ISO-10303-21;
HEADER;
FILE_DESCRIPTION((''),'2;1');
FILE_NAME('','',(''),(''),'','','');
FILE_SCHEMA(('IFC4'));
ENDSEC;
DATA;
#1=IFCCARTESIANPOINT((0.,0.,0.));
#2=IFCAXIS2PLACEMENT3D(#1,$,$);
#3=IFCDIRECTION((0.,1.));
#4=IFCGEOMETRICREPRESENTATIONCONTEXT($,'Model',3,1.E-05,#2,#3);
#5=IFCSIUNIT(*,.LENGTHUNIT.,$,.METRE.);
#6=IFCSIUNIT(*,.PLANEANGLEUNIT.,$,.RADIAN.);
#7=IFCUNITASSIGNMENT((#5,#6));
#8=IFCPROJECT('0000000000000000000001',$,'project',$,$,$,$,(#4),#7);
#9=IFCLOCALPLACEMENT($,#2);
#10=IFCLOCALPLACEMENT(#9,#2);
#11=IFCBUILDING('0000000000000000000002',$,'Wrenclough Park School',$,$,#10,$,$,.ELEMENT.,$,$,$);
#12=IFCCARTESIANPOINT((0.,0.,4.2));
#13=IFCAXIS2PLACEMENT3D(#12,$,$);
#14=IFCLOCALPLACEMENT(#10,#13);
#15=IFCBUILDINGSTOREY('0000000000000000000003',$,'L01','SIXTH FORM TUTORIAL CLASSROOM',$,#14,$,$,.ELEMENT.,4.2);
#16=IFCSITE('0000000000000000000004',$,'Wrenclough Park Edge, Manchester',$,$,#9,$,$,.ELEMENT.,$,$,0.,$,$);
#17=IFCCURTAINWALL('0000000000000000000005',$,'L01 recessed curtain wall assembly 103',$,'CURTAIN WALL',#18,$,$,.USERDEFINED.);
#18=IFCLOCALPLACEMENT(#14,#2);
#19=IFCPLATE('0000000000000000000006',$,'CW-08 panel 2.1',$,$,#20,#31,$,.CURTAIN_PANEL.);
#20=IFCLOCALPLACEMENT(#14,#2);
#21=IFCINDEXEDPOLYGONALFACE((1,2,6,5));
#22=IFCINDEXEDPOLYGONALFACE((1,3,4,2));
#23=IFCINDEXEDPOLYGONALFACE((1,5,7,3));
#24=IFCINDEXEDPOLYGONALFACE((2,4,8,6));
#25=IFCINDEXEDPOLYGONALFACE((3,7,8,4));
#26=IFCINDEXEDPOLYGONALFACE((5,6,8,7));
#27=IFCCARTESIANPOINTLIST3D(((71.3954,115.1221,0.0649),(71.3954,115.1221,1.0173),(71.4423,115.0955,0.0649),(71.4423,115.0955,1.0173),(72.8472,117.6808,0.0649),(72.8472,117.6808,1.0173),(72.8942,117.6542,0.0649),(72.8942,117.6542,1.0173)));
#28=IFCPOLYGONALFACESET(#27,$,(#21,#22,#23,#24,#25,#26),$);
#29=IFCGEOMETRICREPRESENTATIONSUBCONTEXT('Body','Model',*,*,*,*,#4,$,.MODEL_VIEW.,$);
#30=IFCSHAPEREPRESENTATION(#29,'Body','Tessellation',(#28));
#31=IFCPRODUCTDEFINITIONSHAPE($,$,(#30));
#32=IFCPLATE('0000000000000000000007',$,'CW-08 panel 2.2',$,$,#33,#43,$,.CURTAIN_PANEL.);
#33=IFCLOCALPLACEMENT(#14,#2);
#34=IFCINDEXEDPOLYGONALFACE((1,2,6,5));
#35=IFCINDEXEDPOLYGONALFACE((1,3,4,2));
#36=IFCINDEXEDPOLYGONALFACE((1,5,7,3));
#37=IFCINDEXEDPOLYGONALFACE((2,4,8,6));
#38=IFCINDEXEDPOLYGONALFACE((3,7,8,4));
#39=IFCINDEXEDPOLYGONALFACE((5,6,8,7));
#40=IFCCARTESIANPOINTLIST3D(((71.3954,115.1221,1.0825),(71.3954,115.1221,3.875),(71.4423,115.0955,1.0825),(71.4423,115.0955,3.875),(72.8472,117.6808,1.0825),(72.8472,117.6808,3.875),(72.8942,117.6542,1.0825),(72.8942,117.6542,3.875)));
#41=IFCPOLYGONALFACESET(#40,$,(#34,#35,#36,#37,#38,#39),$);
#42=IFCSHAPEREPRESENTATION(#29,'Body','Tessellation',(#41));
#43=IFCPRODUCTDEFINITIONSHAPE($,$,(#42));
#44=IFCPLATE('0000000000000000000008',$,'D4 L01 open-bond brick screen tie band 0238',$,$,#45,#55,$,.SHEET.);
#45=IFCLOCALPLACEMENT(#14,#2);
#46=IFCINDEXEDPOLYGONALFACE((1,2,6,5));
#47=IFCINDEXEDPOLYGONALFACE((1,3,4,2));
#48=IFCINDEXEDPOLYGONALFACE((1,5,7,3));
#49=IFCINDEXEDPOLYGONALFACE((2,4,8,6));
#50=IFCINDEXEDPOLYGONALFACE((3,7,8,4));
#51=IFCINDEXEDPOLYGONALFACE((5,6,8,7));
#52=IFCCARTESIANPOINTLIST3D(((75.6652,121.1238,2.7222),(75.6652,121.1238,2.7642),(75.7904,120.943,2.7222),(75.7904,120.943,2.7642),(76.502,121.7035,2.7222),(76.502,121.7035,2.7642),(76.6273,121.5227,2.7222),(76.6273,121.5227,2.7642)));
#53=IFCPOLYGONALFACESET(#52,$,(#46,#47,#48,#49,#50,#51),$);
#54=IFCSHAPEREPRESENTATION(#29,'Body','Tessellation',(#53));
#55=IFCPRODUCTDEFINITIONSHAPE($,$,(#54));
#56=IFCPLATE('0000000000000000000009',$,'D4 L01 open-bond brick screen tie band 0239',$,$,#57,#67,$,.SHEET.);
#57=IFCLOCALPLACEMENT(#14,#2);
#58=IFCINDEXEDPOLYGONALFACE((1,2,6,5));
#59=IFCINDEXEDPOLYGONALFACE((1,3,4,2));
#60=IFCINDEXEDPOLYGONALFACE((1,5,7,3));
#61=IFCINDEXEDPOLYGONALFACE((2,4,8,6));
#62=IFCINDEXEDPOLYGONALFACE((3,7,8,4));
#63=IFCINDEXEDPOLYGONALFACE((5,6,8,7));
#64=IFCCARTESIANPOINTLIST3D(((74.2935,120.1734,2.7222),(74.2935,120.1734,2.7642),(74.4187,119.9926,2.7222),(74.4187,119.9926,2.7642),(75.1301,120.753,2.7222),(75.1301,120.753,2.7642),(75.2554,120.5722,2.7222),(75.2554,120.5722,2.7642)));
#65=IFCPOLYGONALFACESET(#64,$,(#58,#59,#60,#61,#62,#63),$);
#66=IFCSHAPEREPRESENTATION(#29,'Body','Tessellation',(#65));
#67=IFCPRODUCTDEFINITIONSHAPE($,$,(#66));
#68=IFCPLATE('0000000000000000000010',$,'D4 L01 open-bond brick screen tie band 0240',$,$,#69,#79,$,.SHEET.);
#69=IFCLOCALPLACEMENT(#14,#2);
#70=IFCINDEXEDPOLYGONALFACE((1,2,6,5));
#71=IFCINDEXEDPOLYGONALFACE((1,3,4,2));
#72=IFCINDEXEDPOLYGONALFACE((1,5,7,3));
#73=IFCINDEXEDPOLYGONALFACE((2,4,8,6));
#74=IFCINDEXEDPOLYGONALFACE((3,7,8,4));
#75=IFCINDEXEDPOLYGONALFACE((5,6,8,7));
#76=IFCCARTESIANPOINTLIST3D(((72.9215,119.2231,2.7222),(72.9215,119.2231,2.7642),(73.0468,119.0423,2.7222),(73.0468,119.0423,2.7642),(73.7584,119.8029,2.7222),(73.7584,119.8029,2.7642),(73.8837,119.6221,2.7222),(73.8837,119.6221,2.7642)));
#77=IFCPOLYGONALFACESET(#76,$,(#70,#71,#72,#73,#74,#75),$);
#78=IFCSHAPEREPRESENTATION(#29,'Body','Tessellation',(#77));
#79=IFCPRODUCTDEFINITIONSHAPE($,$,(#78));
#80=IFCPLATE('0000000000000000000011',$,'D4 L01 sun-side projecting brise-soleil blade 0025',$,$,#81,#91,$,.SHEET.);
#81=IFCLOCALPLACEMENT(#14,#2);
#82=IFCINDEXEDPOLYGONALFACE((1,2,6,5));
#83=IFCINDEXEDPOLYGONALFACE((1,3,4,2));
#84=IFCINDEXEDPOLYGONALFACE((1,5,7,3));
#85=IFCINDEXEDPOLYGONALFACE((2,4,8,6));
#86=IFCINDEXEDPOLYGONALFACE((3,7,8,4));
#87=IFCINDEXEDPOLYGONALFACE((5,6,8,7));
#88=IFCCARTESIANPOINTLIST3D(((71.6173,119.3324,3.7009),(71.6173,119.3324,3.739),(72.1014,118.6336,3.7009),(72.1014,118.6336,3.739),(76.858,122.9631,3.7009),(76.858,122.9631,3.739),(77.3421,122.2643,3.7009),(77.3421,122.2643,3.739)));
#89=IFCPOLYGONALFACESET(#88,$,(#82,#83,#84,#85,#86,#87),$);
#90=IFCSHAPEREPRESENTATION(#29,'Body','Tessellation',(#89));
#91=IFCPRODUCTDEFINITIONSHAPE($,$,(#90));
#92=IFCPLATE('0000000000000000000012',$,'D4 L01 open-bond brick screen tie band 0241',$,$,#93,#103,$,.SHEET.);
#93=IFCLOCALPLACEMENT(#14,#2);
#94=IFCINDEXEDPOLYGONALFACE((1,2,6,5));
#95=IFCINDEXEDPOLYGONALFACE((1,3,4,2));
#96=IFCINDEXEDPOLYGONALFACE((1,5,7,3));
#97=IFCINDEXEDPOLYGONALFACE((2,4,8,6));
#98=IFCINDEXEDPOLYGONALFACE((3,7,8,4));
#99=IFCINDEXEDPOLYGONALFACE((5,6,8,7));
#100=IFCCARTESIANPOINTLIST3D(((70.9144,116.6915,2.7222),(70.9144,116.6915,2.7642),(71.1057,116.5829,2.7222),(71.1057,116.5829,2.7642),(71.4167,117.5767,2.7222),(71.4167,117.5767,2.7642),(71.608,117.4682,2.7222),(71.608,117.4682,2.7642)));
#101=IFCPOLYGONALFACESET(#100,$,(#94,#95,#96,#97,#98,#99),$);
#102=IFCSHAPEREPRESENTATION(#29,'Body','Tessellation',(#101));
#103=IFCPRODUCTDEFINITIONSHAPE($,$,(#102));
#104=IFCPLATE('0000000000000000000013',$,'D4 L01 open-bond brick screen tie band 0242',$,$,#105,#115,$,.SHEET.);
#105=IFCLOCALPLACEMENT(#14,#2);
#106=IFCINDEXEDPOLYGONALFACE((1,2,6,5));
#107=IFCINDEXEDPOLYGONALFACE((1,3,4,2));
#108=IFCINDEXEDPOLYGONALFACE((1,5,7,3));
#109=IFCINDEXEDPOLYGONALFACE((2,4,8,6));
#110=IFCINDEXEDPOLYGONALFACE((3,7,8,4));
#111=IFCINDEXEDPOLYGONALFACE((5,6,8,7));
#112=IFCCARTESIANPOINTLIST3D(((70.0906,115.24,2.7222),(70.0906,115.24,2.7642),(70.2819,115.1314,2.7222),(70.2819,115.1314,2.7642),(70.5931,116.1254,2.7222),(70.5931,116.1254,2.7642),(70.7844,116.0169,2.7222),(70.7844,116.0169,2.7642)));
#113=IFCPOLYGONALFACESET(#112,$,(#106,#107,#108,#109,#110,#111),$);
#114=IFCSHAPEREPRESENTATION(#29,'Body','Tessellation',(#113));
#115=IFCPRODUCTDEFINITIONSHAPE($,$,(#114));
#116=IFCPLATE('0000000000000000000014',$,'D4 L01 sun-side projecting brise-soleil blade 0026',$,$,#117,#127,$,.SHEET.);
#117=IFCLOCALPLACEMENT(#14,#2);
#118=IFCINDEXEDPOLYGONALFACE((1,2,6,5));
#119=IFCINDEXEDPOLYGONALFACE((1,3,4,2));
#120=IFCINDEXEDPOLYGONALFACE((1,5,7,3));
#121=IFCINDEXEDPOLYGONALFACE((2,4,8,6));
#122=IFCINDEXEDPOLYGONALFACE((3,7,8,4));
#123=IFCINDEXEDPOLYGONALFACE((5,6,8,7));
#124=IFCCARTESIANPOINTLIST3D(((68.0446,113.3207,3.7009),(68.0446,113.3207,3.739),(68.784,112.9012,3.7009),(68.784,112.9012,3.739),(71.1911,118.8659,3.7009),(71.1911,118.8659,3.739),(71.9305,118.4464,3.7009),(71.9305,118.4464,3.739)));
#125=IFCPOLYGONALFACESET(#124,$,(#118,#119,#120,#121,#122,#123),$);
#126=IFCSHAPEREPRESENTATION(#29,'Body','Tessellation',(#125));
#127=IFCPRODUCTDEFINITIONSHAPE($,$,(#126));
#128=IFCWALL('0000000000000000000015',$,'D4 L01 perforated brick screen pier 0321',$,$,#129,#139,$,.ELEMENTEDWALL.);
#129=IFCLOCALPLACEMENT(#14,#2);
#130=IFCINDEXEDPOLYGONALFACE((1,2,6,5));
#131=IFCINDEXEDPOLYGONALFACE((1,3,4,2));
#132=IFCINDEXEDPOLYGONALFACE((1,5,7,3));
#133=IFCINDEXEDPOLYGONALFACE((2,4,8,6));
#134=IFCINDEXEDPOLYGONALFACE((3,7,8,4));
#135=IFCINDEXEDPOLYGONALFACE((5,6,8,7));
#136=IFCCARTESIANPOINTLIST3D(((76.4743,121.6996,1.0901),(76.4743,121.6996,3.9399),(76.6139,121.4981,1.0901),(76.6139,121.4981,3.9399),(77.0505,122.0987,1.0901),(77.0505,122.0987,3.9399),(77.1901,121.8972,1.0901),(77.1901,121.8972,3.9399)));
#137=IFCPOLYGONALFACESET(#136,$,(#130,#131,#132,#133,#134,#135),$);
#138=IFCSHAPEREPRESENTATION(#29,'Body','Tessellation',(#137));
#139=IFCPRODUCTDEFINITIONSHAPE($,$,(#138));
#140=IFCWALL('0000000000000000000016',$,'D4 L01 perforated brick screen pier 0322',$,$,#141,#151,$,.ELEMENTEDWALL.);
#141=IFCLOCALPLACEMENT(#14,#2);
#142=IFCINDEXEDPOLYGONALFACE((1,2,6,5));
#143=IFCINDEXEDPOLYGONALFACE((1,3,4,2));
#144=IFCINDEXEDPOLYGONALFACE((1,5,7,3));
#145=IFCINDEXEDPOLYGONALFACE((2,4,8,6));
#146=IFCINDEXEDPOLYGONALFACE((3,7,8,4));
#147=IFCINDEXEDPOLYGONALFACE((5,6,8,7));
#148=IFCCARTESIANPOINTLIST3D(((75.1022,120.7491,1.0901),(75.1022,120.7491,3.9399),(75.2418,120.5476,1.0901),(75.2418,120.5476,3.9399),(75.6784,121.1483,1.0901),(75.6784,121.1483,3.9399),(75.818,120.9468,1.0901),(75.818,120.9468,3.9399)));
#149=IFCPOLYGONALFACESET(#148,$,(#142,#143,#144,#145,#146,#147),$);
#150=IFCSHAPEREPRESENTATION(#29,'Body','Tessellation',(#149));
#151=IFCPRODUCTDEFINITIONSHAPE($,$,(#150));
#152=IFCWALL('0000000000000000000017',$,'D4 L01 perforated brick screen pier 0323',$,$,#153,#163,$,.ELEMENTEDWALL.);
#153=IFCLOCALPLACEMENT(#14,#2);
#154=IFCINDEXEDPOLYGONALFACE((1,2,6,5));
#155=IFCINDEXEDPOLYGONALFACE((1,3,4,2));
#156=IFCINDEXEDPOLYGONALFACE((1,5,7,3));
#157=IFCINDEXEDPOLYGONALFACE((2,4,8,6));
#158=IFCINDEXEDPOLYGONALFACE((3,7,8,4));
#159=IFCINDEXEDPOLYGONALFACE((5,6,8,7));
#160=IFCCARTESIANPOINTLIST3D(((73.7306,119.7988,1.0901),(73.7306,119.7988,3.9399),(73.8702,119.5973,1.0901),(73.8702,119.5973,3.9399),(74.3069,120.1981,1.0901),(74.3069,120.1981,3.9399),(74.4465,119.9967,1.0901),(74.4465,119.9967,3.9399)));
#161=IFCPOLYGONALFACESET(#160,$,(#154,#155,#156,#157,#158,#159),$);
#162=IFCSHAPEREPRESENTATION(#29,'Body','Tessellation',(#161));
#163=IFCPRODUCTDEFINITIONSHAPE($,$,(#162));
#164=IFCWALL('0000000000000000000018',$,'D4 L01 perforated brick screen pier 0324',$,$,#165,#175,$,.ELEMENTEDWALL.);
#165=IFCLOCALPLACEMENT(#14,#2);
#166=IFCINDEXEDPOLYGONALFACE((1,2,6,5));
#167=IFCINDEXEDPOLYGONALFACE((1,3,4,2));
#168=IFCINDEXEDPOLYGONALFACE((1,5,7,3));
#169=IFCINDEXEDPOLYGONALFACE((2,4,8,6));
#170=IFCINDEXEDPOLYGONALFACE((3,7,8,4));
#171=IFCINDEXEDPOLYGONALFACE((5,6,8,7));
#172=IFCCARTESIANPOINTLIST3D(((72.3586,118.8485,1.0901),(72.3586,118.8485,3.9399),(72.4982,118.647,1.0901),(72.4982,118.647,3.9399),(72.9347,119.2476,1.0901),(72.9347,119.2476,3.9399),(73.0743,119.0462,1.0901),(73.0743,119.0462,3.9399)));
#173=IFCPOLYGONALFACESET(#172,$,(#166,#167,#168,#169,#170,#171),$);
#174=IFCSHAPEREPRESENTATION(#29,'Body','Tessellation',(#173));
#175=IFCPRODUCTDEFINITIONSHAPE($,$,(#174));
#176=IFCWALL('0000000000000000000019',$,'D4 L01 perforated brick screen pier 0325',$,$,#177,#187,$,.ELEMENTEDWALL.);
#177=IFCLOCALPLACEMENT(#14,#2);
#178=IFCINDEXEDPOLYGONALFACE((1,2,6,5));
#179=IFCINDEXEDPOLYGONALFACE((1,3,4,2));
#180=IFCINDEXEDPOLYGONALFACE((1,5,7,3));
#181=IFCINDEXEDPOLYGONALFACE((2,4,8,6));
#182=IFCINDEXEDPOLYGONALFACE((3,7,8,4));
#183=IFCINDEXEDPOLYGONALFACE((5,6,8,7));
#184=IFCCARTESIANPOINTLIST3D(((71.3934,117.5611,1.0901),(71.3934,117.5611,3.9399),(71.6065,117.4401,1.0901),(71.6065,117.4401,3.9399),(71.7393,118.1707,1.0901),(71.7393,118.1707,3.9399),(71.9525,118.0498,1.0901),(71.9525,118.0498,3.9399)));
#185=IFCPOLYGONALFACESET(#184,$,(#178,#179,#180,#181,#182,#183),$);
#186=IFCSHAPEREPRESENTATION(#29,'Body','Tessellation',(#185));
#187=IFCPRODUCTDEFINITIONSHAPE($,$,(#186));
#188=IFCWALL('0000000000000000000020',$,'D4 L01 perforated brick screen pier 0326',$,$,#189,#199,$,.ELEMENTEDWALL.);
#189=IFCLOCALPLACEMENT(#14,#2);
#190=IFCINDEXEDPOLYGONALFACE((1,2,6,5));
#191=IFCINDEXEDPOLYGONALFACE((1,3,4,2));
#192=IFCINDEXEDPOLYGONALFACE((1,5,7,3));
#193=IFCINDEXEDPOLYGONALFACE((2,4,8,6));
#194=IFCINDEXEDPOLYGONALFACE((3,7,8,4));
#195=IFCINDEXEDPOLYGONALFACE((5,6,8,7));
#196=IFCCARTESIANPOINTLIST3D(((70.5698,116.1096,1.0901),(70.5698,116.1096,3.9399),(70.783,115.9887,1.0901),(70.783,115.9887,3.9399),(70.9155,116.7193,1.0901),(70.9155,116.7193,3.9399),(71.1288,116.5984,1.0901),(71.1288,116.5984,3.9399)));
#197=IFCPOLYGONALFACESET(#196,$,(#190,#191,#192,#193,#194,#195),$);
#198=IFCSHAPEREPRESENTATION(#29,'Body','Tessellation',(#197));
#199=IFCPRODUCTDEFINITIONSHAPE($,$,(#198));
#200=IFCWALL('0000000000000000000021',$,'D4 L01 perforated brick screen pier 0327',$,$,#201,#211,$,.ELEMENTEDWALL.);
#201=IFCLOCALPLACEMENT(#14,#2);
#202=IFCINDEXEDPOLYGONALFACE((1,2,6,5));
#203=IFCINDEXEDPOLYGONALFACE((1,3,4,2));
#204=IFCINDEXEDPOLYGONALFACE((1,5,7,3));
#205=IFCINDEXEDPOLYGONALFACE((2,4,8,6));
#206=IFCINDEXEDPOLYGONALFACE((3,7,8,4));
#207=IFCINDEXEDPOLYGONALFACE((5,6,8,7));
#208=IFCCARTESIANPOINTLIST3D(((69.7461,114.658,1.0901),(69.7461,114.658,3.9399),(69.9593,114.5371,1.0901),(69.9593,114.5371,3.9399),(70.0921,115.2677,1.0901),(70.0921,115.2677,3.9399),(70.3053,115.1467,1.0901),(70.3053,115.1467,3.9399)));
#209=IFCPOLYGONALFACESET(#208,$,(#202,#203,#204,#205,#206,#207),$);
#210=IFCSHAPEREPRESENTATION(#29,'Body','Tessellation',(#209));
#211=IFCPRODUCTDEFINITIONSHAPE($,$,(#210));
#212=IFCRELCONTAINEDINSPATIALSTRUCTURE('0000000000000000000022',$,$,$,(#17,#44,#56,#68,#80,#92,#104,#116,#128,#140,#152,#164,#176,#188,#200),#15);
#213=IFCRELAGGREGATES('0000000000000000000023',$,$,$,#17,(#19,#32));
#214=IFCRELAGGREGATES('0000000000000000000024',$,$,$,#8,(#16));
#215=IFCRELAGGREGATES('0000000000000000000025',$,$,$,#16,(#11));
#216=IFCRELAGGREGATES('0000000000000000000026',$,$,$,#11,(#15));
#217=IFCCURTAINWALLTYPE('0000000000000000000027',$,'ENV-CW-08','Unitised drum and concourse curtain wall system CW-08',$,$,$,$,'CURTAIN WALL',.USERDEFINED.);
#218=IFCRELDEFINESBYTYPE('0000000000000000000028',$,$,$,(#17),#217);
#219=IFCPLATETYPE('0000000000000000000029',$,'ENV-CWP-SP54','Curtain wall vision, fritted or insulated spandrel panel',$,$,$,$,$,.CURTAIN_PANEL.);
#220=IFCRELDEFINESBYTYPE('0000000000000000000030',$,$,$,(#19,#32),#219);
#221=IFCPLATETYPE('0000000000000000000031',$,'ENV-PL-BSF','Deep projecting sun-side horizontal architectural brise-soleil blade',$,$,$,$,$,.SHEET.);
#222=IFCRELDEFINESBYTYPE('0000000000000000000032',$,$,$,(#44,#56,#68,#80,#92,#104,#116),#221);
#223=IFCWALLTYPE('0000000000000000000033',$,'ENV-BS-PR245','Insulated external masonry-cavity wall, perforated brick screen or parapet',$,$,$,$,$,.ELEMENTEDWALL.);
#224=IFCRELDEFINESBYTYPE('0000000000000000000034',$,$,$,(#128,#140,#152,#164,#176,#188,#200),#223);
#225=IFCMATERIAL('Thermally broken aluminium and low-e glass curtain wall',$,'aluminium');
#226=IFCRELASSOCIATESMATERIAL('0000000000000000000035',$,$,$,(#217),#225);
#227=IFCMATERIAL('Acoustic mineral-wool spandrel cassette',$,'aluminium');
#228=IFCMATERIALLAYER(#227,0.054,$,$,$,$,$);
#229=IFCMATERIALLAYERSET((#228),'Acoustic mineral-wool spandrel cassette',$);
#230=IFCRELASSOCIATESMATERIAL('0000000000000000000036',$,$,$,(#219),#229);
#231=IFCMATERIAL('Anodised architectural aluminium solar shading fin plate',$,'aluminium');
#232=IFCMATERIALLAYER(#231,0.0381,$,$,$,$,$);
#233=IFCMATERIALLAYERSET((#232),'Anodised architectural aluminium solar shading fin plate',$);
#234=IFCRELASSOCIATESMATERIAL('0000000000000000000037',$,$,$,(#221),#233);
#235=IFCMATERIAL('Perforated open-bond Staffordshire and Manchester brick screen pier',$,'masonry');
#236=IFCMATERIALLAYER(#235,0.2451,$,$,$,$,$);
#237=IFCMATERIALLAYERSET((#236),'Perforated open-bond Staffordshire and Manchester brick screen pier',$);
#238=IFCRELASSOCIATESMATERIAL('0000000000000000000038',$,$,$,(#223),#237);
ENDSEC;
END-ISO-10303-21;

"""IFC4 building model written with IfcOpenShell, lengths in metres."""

from ifc_helpers import new_model, si_unit, direction, frame, frame_2d, origin, origin_2d, place, context, subcontext, project, spatial, rectangle, extrude, material, layer, layer_set, type_object, element, aggregate, save


model = new_model("IFC4")

# Units and contexts
model_context = context("Model", 3, precision=1e-05, world=origin(), true_north=direction((0.0, 1.0)))
body_context = subcontext(model_context, "Body", "Model", "MODEL_VIEW")
ifc_project = project(units=[si_unit("LENGTHUNIT", "METRE"), si_unit("PLANEANGLEUNIT", "RADIAN")], contexts=[model_context])

# Site, building, storey
site_placement = place(None, origin())
site = spatial("IfcSite", under=ifc_project, at=site_placement, Name="Wrenclough Park Edge, Manchester", CompositionType="ELEMENT", RefElevation=0.0)
building_placement = place(site_placement, origin())
building = spatial("IfcBuilding", under=site, at=building_placement, Name="Wrenclough Park School", CompositionType="ELEMENT")
storey_placement = place(building_placement, frame((0.0, 0.0, 4.2)))
storey = spatial("IfcBuildingStorey", under=building, at=storey_placement, Name="L01", Description="SIXTH FORM TUTORIAL CLASSROOM", CompositionType="ELEMENT", Elevation=4.2)

# Curtain wall
ifc_material_1 = material(Name="Thermally broken aluminium and low-e glass curtain wall", Category="aluminium")
curtain_wall_type = type_object("IfcCurtainWallType", Name="ENV-CW-08", Description="Unitised drum and concourse curtain wall system CW-08", ElementType="CURTAIN WALL", PredefinedType="USERDEFINED", material=ifc_material_1)
curtain_wall_placement = place(storey_placement, origin())
curtain_wall = element("IfcCurtainWall", 1, at=curtain_wall_placement, inside=storey, type_object=curtain_wall_type, Name="L01 recessed curtain wall assembly 103", ObjectType="CURTAIN WALL", PredefinedType="USERDEFINED")

# Plates
ifc_material_2 = material(Name="Acoustic mineral-wool spandrel cassette", Category="aluminium")
ifc_layer_1 = layer(ifc_material_2, 0.054)
ifc_layer_set_1 = layer_set([ifc_layer_1], Name="Acoustic mineral-wool spandrel cassette")
plate_type_1 = type_object("IfcPlateType", Name="ENV-CWP-SP54", Description="Curtain wall vision, fritted or insulated spandrel panel", PredefinedType="CURTAIN_PANEL", material=ifc_layer_set_1)
plate_1_placement = place(storey_placement, frame((72.1448, 116.3882, 0.0649), z_axis=(0.0, 0.0, 1.0), x_axis=(0.493501, 0.869745, 0.0)))
plate_1 = element("IfcPlate", 2, at=plate_1_placement, type_object=plate_type_1, Name="CW-08 panel 2.1", PredefinedType="CURTAIN_PANEL", context=body_context, shape_type="SweptSolid", body=[
    extrude(rectangle(XDim=2.9419, YDim=0.054, at=origin_2d()), origin(), (0.0, 0.0, 1.0), 0.9524),
])
plate_2_placement = place(storey_placement, frame((72.1448, 116.3882, 1.0825), z_axis=(0.0, 0.0, 1.0), x_axis=(0.493501, 0.869745, 0.0)))
plate_2 = element("IfcPlate", 3, at=plate_2_placement, type_object=plate_type_1, Name="CW-08 panel 2.2", PredefinedType="CURTAIN_PANEL", context=body_context, shape_type="SweptSolid", body=[
    extrude(rectangle(XDim=2.9419, YDim=0.054, at=origin_2d()), origin(), (0.0, 0.0, 1.0), 2.7925),
])
aggregate(curtain_wall, [plate_1, plate_2])

# Plates
ifc_material_3 = material(Name="Anodised architectural aluminium solar shading fin plate", Category="aluminium")
ifc_layer_2 = layer(ifc_material_3, 0.0381)
ifc_layer_set_2 = layer_set([ifc_layer_2], Name="Anodised architectural aluminium solar shading fin plate")
plate_type_2 = type_object("IfcPlateType", Name="ENV-PL-BSF", Description="Deep projecting sun-side horizontal architectural brise-soleil blade", PredefinedType="SHEET", material=ifc_layer_set_2)
plate_3_placement = place(storey_placement, frame((76.1462, 121.3232, 2.7222), z_axis=(0.0, 0.0, 1.0), x_axis=(-0.822008, -0.569476, 0.0)))
element("IfcPlate", 4, at=plate_3_placement, inside=storey, type_object=plate_type_2, Name="D4 L01 open-bond brick screen tie band 0238", PredefinedType="SHEET", context=body_context, shape_type="SweptSolid", body=[
    extrude(rectangle(XDim=1.0181, YDim=0.22, at=origin_2d()), origin(), (0.0, 0.0, 1.0), 0.042),
])
plate_4_placement = place(storey_placement, frame((74.7744, 120.3728, 2.7222), z_axis=(0.0, 0.0, 1.0), x_axis=(-0.822008, -0.569476, 0.0)))
element("IfcPlate", 5, at=plate_4_placement, inside=storey, type_object=plate_type_2, Name="D4 L01 open-bond brick screen tie band 0239", PredefinedType="SHEET", context=body_context, shape_type="SweptSolid", body=[
    extrude(rectangle(XDim=1.0178, YDim=0.22, at=origin_2d()), origin(), (0.0, 0.0, 1.0), 0.042),
])
plate_5_placement = place(storey_placement, frame((73.4026, 119.4226, 2.7222), z_axis=(0.0, 0.0, 1.0), x_axis=(-0.822008, -0.569476, 0.0)))
element("IfcPlate", 6, at=plate_5_placement, inside=storey, type_object=plate_type_2, Name="D4 L01 open-bond brick screen tie band 0240", PredefinedType="SHEET", context=body_context, shape_type="SweptSolid", body=[
    extrude(rectangle(XDim=1.0181, YDim=0.22, at=origin_2d()), origin(), (0.0, 0.0, 1.0), 0.042),
])
plate_6_placement = place(storey_placement, frame((74.4797, 120.7983, 3.7009), z_axis=(0.0, 0.0, 1.0), x_axis=(-0.822008, -0.569476, 0.0)))
element("IfcPlate", 7, at=plate_6_placement, inside=storey, type_object=plate_type_2, Name="D4 L01 sun-side projecting brise-soleil blade 0025", PredefinedType="SHEET", context=body_context, shape_type="SweptSolid", body=[
    extrude(rectangle(XDim=6.3755, YDim=0.8501, at=origin_2d()), origin(), (0.0, 0.0, 1.0), 0.0381),
])
plate_7_placement = place(storey_placement, frame((71.2612, 117.0798, 2.7222), z_axis=(0.0, 0.0, 1.0), x_axis=(-0.493509, -0.869741, 0.0)))
element("IfcPlate", 8, at=plate_7_placement, inside=storey, type_object=plate_type_2, Name="D4 L01 open-bond brick screen tie band 0241", PredefinedType="SHEET", context=body_context, shape_type="SweptSolid", body=[
    extrude(rectangle(XDim=1.0178, YDim=0.22, at=origin_2d()), origin(), (0.0, 0.0, 1.0), 0.042),
])
plate_8_placement = place(storey_placement, frame((70.4375, 115.6284, 2.7222), z_axis=(0.0, 0.0, 1.0), x_axis=(-0.493509, -0.869741, 0.0)))
element("IfcPlate", 9, at=plate_8_placement, inside=storey, type_object=plate_type_2, Name="D4 L01 open-bond brick screen tie band 0242", PredefinedType="SHEET", context=body_context, shape_type="SweptSolid", body=[
    extrude(rectangle(XDim=1.0181, YDim=0.22, at=origin_2d()), origin(), (0.0, 0.0, 1.0), 0.042),
])
plate_9_placement = place(storey_placement, frame((69.9875, 115.8835, 3.7009), z_axis=(0.0, 0.0, 1.0), x_axis=(-0.493509, -0.869741, 0.0)))
element("IfcPlate", 10, at=plate_9_placement, inside=storey, type_object=plate_type_2, Name="D4 L01 sun-side projecting brise-soleil blade 0026", PredefinedType="SHEET", context=body_context, shape_type="SweptSolid", body=[
    extrude(rectangle(XDim=6.3757, YDim=0.8501, at=origin_2d()), origin(), (0.0, 0.0, 1.0), 0.0381),
])

# Walls
ifc_material_4 = material(Name="Perforated open-bond Staffordshire and Manchester brick screen pier", Category="masonry")
ifc_layer_3 = layer(ifc_material_4, 0.2451)
ifc_layer_set_3 = layer_set([ifc_layer_3], Name="Perforated open-bond Staffordshire and Manchester brick screen pier")
wall_type_1 = type_object("IfcWallType", Name="ENV-BS-PR245", Description="Insulated external masonry-cavity wall, perforated brick screen or parapet", PredefinedType="ELEMENTEDWALL", material=ifc_layer_set_3)
for number, where, z_axis, x_axis, name in (
    (11, (77.1204, 121.998, 1.0901), (0.0, 0.0, 1.0), (-0.822004, -0.569482, 0.0), "D4 L01 perforated brick screen pier 0321"),
    (12, (75.7483, 121.0476, 1.0901), (0.0, 0.0, 1.0), (-0.822004, -0.569482, 0.0), "D4 L01 perforated brick screen pier 0322"),
):
    element("IfcWall", number, at=place(storey_placement, frame(where, z_axis=z_axis, x_axis=x_axis)), inside=storey, type_object=wall_type_1, Name=name, PredefinedType="ELEMENTEDWALL", context=body_context, shape_type="SweptSolid", body=[
        extrude(rectangle(XDim=0.7009, YDim=0.2451, at=frame_2d((0.3506, 0.0))), origin(), (0.0, 0.0, 1.0), 2.8499),
    ])
wall_1_placement = place(storey_placement, frame((74.3767, 120.0974, 1.0901), z_axis=(0.0, 0.0, 1.0), x_axis=(-0.821954, -0.569554, 0.0)))
element("IfcWall", 13, at=wall_1_placement, inside=storey, type_object=wall_type_1, Name="D4 L01 perforated brick screen pier 0323", PredefinedType="ELEMENTEDWALL", context=body_context, shape_type="SweptSolid", body=[
    extrude(rectangle(XDim=0.7012, YDim=0.2451, at=frame_2d((0.3506, 0.0))), origin(), (0.0, 0.0, 1.0), 2.8499),
])
for number, where, z_axis, x_axis, name in (
    (14, (73.0046, 119.147, 1.0901), (0.0, 0.0, 1.0), (-0.822004, -0.569482, 0.0), "D4 L01 perforated brick screen pier 0324"),
    (15, (71.8459, 118.1104, 1.0901), (0.0, 0.0, 1.0), (-0.493549, -0.869718, 0.0), "D4 L01 perforated brick screen pier 0325"),
    (16, (71.0222, 116.6589, 1.0901), (0.0, 0.0, 1.0), (-0.493285, -0.869868, 0.0), "D4 L01 perforated brick screen pier 0326"),
    (17, (70.1987, 115.2073, 1.0901), (0.0, 0.0, 1.0), (-0.493549, -0.869718, 0.0), "D4 L01 perforated brick screen pier 0327"),
):
    element("IfcWall", number, at=place(storey_placement, frame(where, z_axis=z_axis, x_axis=x_axis)), inside=storey, type_object=wall_type_1, Name=name, PredefinedType="ELEMENTEDWALL", context=body_context, shape_type="SweptSolid", body=[
        extrude(rectangle(XDim=0.7009, YDim=0.2451, at=frame_2d((0.3506, 0.0))), origin(), (0.0, 0.0, 1.0), 2.8499),
    ])

save(model, "model.ifc")
